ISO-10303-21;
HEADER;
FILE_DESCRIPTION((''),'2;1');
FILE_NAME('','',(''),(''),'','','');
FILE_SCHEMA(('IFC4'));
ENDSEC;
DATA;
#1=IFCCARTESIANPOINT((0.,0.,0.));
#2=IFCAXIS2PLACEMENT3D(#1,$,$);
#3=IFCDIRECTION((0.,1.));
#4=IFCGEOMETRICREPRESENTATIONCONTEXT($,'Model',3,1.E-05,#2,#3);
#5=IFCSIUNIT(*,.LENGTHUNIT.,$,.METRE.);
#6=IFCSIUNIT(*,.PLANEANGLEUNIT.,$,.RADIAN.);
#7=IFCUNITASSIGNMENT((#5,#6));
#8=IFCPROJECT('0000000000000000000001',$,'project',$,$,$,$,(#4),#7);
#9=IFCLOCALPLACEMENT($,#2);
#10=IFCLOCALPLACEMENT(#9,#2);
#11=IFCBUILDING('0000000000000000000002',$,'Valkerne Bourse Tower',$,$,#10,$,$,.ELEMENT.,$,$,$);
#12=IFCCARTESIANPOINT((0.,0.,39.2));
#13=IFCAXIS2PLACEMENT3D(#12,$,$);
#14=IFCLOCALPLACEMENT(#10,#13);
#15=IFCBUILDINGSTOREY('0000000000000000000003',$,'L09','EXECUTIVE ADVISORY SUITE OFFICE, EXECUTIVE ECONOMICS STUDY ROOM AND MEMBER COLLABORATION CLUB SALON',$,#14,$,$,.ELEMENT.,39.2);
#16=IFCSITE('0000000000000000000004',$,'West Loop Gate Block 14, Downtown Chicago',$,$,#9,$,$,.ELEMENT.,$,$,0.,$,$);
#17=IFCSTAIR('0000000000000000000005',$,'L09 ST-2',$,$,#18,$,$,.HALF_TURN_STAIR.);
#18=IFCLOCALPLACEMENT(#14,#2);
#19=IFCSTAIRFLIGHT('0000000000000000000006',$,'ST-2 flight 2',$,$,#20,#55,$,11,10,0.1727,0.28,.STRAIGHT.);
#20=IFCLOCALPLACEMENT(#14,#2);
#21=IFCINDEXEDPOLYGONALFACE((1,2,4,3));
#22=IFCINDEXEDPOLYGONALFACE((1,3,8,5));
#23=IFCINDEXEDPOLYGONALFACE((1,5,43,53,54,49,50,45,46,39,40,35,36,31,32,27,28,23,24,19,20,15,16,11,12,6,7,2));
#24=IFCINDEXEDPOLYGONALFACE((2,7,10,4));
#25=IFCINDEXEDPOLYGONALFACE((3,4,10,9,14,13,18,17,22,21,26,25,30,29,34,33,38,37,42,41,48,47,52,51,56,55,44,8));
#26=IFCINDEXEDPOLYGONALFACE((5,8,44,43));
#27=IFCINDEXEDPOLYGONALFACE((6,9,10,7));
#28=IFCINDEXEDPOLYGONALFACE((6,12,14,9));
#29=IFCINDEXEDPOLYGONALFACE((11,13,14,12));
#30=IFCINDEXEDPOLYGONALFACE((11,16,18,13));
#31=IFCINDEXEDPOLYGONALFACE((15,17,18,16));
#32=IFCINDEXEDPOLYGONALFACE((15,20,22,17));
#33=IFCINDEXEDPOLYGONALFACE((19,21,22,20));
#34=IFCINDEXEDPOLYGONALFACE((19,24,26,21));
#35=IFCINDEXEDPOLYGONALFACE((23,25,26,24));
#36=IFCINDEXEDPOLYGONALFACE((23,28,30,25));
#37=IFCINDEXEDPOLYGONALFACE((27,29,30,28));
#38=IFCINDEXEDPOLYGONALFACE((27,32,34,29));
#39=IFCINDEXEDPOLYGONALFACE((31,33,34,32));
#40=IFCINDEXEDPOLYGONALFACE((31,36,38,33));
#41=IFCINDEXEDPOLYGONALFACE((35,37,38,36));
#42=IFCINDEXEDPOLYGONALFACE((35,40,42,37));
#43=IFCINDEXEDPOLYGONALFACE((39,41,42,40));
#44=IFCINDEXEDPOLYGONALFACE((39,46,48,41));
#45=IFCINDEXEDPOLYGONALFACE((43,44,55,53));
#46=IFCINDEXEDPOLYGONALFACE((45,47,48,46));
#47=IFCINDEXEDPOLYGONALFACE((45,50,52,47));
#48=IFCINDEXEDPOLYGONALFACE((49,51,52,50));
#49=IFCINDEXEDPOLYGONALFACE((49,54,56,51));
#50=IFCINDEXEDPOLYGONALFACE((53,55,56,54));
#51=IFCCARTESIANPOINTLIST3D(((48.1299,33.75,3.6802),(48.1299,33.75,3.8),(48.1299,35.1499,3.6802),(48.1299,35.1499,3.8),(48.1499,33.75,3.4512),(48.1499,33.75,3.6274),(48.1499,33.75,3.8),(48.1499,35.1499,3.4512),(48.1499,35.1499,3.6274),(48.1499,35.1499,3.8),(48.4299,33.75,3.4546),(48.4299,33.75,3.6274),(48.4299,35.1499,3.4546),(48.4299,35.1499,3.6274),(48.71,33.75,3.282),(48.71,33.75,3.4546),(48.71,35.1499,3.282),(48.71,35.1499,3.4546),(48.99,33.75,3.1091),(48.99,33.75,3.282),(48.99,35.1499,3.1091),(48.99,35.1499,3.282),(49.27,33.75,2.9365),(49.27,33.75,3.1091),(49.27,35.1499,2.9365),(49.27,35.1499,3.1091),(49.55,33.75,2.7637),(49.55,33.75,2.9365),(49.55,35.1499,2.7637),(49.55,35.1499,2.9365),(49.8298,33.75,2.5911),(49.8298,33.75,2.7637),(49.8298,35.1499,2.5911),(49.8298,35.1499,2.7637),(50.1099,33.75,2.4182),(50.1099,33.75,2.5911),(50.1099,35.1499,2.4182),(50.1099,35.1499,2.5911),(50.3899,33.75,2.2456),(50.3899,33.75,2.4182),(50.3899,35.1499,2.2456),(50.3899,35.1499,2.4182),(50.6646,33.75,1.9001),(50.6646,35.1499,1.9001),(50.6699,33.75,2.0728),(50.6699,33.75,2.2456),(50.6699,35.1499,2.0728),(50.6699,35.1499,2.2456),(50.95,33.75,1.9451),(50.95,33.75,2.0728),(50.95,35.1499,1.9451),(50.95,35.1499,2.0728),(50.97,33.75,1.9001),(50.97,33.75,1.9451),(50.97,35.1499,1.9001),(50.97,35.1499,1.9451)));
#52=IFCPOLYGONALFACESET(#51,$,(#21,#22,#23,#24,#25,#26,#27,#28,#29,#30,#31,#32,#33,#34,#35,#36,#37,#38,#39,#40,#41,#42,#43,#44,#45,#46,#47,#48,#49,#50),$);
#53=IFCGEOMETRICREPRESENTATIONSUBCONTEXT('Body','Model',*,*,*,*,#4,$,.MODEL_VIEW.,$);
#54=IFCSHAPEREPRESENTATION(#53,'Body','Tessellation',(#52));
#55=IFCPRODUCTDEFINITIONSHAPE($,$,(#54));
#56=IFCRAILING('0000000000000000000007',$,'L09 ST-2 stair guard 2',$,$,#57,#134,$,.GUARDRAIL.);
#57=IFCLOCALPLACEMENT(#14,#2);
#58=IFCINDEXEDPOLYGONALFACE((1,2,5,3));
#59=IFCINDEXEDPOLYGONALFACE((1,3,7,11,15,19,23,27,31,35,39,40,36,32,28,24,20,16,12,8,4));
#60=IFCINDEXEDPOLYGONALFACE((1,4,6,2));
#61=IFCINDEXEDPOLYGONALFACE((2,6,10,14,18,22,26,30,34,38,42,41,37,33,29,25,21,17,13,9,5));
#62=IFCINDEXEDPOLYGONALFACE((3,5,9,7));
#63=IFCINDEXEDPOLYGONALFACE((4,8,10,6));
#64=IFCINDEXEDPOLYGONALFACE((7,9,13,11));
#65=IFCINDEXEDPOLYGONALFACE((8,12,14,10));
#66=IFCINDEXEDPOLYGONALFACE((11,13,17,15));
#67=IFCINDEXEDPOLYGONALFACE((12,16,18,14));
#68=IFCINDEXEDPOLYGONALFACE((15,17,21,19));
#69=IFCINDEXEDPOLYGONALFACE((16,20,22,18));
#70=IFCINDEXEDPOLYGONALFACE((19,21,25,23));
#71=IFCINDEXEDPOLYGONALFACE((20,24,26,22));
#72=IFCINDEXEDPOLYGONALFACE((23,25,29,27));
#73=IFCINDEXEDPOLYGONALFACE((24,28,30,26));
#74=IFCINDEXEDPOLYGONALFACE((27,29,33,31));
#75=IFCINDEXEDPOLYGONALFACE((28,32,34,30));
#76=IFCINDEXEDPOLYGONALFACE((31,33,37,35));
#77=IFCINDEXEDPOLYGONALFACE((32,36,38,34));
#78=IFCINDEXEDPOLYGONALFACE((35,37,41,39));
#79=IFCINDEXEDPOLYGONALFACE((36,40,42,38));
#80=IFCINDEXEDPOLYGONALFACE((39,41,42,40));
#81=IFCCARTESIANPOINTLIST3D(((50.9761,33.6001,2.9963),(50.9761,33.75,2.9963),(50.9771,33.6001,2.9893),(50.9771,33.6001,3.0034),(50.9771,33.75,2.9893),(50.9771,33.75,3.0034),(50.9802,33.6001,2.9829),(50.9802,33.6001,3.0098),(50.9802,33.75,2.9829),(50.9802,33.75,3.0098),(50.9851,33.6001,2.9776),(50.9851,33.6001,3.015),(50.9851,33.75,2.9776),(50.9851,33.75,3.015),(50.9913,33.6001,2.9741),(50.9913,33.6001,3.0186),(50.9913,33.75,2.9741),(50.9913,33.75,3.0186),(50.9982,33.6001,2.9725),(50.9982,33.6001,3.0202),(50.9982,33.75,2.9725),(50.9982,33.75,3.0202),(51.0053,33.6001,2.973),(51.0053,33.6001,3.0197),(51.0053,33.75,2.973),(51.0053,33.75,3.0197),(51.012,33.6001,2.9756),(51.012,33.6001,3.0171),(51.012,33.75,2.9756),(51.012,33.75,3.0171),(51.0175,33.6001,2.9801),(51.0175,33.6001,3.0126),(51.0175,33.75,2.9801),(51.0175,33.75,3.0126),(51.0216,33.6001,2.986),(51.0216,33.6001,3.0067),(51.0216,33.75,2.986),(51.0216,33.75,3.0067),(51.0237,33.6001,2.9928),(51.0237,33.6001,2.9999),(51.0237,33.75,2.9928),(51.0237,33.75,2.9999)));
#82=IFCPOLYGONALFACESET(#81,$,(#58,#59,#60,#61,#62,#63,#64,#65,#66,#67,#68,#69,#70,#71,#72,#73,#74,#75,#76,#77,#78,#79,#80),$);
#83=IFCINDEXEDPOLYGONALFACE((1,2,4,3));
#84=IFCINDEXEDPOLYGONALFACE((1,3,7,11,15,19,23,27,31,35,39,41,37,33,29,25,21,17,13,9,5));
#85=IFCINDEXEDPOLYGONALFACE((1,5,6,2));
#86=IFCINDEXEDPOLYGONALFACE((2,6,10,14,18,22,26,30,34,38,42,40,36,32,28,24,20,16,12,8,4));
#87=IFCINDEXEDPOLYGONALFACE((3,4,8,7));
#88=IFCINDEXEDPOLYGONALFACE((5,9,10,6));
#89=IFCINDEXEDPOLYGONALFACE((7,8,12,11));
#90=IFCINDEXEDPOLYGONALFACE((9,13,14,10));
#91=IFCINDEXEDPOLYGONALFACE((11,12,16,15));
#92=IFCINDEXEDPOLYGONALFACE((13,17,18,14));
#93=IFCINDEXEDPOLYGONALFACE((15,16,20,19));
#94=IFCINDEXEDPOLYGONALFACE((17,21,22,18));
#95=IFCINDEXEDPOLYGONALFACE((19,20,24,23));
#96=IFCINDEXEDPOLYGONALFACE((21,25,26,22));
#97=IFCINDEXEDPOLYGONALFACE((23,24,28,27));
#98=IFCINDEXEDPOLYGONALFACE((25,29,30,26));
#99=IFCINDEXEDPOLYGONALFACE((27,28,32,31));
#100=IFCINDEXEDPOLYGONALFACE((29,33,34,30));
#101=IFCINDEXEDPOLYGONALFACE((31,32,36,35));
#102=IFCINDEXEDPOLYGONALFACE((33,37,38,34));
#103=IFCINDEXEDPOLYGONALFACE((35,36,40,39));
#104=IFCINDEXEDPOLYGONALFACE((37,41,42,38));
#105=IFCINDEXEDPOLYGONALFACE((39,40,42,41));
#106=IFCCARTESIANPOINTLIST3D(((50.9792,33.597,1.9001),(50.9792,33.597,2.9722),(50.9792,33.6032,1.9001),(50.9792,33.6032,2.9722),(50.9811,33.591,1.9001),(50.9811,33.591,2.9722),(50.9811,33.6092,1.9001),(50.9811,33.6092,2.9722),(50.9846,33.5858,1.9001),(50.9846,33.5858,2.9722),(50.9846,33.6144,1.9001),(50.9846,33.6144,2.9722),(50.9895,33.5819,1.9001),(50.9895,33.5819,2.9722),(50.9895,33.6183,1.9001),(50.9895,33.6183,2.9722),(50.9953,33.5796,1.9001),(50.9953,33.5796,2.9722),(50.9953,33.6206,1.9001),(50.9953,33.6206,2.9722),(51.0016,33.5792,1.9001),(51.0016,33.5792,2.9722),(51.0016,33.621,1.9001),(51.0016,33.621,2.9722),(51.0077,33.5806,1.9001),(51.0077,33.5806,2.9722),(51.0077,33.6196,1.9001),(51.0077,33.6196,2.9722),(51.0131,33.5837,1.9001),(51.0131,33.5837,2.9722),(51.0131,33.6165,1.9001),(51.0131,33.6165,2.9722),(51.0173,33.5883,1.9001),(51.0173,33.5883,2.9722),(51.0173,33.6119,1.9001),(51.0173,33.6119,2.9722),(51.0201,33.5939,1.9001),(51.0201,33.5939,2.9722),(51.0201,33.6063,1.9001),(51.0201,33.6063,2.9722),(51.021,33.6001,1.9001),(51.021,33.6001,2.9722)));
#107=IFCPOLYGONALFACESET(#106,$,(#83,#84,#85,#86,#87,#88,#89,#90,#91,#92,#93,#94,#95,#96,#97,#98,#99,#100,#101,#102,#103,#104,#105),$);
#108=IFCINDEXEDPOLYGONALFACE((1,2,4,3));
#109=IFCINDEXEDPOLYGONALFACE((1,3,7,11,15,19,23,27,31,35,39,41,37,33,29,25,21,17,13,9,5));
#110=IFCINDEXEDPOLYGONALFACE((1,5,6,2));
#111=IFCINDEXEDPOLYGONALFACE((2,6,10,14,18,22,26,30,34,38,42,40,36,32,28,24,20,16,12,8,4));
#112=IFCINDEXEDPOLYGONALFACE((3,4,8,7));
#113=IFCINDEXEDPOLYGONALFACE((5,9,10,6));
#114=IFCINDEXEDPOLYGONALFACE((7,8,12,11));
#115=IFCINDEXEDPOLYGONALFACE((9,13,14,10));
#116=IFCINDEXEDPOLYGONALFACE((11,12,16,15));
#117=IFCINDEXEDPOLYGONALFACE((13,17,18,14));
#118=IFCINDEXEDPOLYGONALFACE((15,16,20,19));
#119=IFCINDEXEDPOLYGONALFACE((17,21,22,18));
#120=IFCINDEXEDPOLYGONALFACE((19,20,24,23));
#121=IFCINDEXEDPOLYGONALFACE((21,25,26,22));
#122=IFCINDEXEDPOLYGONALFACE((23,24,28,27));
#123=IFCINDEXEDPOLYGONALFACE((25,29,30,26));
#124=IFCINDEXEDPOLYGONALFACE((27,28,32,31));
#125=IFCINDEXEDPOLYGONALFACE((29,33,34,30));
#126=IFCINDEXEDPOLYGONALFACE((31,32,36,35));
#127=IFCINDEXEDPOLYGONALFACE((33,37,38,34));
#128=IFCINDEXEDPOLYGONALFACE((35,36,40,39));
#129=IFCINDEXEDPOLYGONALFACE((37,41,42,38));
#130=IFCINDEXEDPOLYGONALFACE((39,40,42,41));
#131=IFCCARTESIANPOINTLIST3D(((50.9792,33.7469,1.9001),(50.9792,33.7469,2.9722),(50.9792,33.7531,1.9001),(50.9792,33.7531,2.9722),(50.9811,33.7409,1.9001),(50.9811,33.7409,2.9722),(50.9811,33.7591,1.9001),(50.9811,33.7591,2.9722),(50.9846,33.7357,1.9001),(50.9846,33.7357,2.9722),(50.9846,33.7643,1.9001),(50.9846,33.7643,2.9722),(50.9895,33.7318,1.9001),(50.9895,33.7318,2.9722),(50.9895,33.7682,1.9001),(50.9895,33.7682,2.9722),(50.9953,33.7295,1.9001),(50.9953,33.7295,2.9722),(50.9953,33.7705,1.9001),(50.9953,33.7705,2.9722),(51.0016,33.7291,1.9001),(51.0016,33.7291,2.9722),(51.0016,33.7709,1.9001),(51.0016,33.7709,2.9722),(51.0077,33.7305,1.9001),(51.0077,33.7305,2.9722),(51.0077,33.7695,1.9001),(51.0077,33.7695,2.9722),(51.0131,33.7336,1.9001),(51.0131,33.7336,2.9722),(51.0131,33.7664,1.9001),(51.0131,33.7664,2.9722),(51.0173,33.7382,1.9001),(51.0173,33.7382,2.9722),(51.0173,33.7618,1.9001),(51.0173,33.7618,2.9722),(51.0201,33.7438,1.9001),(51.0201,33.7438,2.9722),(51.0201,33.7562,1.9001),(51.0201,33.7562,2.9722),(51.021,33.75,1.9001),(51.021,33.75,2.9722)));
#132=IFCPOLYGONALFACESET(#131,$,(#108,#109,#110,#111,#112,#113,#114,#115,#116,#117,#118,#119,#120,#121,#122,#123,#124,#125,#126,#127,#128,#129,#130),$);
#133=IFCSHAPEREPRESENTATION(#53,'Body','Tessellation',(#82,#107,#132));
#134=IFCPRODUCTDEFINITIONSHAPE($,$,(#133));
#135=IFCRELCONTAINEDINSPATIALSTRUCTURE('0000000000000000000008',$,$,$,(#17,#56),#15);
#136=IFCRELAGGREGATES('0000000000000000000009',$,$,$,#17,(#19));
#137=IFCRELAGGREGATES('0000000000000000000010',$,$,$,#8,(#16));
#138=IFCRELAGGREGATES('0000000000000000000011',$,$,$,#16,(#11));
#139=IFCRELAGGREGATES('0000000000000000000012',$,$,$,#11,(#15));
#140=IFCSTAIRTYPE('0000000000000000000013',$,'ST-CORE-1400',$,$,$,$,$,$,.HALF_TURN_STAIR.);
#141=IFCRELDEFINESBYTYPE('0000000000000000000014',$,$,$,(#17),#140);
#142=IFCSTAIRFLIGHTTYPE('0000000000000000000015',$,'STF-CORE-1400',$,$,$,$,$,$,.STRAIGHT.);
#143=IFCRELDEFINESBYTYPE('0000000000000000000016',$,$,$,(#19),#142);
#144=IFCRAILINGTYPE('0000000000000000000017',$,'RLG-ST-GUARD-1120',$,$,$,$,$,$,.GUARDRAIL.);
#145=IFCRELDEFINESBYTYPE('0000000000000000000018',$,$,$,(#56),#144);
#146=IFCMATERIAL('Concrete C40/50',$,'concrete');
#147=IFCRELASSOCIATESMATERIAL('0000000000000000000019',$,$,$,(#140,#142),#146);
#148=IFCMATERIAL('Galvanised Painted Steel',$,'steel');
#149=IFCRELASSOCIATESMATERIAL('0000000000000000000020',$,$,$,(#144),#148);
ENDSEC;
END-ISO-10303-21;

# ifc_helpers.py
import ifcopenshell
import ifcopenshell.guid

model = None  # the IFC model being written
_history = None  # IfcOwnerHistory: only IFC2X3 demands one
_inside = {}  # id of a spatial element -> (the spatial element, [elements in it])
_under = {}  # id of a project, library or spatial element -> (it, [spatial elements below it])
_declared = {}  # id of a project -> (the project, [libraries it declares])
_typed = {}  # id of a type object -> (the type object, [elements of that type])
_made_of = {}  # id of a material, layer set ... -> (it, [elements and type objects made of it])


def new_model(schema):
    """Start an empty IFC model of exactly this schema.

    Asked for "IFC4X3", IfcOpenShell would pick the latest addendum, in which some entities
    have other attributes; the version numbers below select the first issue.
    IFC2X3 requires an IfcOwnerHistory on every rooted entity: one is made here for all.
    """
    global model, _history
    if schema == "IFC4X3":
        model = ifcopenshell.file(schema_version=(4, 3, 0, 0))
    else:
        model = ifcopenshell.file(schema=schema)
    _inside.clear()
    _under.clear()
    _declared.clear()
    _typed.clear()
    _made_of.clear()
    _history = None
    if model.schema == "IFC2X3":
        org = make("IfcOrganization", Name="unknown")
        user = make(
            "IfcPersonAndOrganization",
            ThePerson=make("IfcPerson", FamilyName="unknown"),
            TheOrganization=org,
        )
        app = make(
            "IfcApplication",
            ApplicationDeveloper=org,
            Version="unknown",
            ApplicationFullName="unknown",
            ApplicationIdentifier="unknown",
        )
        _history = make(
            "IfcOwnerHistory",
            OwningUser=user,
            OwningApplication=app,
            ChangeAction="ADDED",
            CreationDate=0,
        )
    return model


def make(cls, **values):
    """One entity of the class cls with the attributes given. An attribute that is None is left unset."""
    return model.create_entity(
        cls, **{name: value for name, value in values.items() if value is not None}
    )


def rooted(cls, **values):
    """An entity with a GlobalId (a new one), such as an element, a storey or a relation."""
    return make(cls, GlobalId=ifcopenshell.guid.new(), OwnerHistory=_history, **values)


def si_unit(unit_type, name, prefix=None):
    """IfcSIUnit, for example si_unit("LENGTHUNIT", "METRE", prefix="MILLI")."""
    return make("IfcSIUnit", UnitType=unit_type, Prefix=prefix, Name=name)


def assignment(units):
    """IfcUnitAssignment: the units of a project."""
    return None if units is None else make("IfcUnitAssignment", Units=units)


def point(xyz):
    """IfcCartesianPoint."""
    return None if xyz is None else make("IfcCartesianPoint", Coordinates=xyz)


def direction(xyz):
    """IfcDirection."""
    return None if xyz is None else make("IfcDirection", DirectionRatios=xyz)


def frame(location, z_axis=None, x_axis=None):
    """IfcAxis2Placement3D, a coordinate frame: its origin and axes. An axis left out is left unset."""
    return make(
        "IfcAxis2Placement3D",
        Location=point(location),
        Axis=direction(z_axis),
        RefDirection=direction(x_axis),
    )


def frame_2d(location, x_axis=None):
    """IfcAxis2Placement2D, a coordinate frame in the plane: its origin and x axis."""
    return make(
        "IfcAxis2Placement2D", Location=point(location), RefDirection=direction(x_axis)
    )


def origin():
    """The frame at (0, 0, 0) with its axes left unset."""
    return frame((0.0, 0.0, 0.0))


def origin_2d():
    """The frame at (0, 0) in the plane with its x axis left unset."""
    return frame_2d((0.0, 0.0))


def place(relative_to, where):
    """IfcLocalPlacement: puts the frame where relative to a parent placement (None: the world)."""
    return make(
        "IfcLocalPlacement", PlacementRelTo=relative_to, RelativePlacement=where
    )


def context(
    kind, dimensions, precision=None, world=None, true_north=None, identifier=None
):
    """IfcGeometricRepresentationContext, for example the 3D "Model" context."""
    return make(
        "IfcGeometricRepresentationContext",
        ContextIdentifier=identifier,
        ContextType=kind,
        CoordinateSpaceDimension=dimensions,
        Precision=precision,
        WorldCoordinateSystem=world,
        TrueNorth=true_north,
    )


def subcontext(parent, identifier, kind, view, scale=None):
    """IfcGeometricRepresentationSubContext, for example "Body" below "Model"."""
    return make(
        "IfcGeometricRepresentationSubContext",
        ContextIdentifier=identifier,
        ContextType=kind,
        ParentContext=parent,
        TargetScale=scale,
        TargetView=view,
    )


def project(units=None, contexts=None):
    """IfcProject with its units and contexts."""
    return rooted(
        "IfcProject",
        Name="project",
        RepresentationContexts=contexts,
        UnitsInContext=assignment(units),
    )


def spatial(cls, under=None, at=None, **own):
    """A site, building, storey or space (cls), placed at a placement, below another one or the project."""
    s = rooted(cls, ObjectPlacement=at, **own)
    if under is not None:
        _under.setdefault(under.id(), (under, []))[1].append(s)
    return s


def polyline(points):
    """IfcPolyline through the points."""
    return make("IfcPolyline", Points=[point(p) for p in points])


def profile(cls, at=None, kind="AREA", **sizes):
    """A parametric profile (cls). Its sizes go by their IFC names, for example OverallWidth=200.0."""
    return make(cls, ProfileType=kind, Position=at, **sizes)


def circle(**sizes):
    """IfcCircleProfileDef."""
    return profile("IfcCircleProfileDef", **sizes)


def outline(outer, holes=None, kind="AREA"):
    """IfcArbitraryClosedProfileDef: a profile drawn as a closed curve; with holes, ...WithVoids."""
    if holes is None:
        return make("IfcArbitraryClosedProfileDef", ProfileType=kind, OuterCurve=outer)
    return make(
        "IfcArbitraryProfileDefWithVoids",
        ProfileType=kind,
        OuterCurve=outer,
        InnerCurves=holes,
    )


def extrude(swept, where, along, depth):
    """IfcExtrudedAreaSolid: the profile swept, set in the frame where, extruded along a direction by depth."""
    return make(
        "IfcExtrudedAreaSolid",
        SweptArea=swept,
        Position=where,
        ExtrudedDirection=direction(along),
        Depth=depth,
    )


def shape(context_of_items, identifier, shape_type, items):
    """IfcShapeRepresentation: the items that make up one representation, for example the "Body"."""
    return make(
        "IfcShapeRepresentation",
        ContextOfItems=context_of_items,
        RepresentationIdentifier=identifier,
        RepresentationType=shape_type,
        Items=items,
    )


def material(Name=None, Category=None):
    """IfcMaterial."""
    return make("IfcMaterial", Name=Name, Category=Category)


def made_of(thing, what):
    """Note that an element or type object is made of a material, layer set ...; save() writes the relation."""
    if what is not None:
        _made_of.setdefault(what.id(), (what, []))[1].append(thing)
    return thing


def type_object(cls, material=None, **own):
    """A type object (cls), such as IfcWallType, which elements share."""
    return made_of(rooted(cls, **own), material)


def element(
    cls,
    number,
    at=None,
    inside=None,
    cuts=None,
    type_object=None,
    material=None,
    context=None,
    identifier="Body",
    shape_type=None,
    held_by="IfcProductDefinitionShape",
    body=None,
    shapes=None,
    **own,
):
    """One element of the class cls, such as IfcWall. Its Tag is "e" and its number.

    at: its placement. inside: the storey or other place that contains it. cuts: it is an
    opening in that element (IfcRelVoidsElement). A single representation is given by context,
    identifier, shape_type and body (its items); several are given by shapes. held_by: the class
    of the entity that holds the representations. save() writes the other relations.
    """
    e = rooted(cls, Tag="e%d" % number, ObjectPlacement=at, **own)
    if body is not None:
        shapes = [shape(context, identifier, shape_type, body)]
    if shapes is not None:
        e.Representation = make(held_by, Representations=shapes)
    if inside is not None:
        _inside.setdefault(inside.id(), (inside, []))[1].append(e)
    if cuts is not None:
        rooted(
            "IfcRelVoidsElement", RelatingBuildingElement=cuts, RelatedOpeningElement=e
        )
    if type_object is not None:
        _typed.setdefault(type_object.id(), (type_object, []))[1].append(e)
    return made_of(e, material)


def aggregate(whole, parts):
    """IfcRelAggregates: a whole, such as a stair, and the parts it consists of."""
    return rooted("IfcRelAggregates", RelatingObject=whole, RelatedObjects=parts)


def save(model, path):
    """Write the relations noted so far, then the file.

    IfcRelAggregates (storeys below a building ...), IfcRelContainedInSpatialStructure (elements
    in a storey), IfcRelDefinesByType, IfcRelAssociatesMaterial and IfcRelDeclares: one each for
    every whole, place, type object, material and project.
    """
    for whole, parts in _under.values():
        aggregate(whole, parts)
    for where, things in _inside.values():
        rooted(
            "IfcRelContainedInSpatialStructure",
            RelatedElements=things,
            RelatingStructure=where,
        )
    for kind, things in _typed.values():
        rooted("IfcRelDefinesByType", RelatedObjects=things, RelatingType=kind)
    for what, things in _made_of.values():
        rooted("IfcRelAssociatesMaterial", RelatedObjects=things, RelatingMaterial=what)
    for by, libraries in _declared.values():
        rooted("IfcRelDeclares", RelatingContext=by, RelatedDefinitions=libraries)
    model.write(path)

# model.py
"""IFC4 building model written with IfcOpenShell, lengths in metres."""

from ifc_helpers import new_model, si_unit, direction, frame, origin, origin_2d, place, context, subcontext, project, spatial, polyline, circle, outline, extrude, material, type_object, element, aggregate, save


model = new_model("IFC4")

# Units and contexts
model_context = context("Model", 3, precision=1e-05, world=origin(), true_north=direction((0.0, 1.0)))
body_context = subcontext(model_context, "Body", "Model", "MODEL_VIEW")
ifc_project = project(units=[si_unit("LENGTHUNIT", "METRE"), si_unit("PLANEANGLEUNIT", "RADIAN")], contexts=[model_context])

# Site, building, storey
site_placement = place(None, origin())
site = spatial("IfcSite", under=ifc_project, at=site_placement, Name="West Loop Gate Block 14, Downtown Chicago", CompositionType="ELEMENT", RefElevation=0.0)
building_placement = place(site_placement, origin())
building = spatial("IfcBuilding", under=site, at=building_placement, Name="Valkerne Bourse Tower", CompositionType="ELEMENT")
storey_placement = place(building_placement, frame((0.0, 0.0, 39.2)))
storey = spatial("IfcBuildingStorey", under=building, at=storey_placement, Name="L09", Description="EXECUTIVE ADVISORY SUITE OFFICE, EXECUTIVE ECONOMICS STUDY ROOM AND MEMBER COLLABORATION CLUB SALON", CompositionType="ELEMENT", Elevation=39.2)

# Shared definitions
ifc_material_1 = material(Name="Concrete C40/50", Category="concrete")

# Stair, stair flight
stair_type = type_object("IfcStairType", Name="ST-CORE-1400", PredefinedType="HALF_TURN_STAIR", material=ifc_material_1)
stair_placement = place(storey_placement, origin())
stair = element("IfcStair", 1, at=stair_placement, inside=storey, type_object=stair_type, Name="L09 ST-2", PredefinedType="HALF_TURN_STAIR")
stair_flight_type = type_object("IfcStairFlightType", Name="STF-CORE-1400", PredefinedType="STRAIGHT", material=ifc_material_1)
stair_flight_placement = place(storey_placement, frame((50.95, 34.45, 1.9001), z_axis=(0.0, 0.0, 1.0), x_axis=(-1.0, 0.0, 0.0)))
stair_flight = element("IfcStairFlight", 2, at=stair_flight_placement, type_object=stair_flight_type, Name="ST-2 flight 2", NumberOfRisers=11, NumberOfTreads=10, PredefinedType="STRAIGHT", RiserHeight=0.1727, TreadLength=0.28, context=body_context, shape_type="SweptSolid", body=[
    extrude(outline(polyline([(-0.02, 0.0), (-0.02, 0.0449), (0.0, 0.0449), (0.0, 0.1726), (0.28, 0.1726), (0.28, 0.3455), (0.5601, 0.3455), (0.5601, 0.5181), (0.8401, 0.5181), (0.8401, 0.6909), (1.1201, 0.6909), (1.1201, 0.8635), (1.3999, 0.8635), (1.3999, 1.0364), (1.6799, 1.0364), (1.6799, 1.209), (1.96, 1.209), (1.96, 1.3818), (2.24, 1.3818), (2.24, 1.5544), (2.52, 1.5544), (2.52, 1.7273), (2.8, 1.7273), (2.8, 1.8999), (2.8201, 1.8999), (2.8201, 1.78), (2.8, 1.551), (0.2854, 0.0), (-0.02, 0.0)])), frame((0.0, 0.7, 0.0), z_axis=(0.0, -1.0, 0.0), x_axis=(1.0, 0.0, 0.0)), (0.0, 0.0, 1.0), 1.3999),
])
aggregate(stair, [stair_flight])

# Railing
ifc_material_2 = material(Name="Galvanised Painted Steel", Category="steel")
railing_type_1 = type_object("IfcRailingType", Name="RLG-ST-GUARD-1120", PredefinedType="GUARDRAIL", material=ifc_material_2)
railing_1_placement = place(storey_placement, frame((51.0, 33.6001, 1.9001)))
element("IfcRailing", 3, at=railing_1_placement, inside=storey, type_object=railing_type_1, Name="L09 ST-2 stair guard 2", PredefinedType="GUARDRAIL", context=body_context, shape_type="SweptSolid", body=[
    extrude(circle(Radius=0.0239, at=origin_2d()), frame((0.0, 0.0, 1.0962), z_axis=(0.0, 1.0, 0.0), x_axis=(-1.0, 0.0, 0.0)), (0.0, 0.0, 1.0), 0.1499),
    extrude(circle(Radius=0.021, at=origin_2d()), origin(), (0.0, 0.0, 1.0), 1.072),
    extrude(circle(Radius=0.021, at=origin_2d()), frame((0.0, 0.1499, 0.0)), (0.0, 0.0, 1.0), 1.072),
])

save(model, "model.ifc")
